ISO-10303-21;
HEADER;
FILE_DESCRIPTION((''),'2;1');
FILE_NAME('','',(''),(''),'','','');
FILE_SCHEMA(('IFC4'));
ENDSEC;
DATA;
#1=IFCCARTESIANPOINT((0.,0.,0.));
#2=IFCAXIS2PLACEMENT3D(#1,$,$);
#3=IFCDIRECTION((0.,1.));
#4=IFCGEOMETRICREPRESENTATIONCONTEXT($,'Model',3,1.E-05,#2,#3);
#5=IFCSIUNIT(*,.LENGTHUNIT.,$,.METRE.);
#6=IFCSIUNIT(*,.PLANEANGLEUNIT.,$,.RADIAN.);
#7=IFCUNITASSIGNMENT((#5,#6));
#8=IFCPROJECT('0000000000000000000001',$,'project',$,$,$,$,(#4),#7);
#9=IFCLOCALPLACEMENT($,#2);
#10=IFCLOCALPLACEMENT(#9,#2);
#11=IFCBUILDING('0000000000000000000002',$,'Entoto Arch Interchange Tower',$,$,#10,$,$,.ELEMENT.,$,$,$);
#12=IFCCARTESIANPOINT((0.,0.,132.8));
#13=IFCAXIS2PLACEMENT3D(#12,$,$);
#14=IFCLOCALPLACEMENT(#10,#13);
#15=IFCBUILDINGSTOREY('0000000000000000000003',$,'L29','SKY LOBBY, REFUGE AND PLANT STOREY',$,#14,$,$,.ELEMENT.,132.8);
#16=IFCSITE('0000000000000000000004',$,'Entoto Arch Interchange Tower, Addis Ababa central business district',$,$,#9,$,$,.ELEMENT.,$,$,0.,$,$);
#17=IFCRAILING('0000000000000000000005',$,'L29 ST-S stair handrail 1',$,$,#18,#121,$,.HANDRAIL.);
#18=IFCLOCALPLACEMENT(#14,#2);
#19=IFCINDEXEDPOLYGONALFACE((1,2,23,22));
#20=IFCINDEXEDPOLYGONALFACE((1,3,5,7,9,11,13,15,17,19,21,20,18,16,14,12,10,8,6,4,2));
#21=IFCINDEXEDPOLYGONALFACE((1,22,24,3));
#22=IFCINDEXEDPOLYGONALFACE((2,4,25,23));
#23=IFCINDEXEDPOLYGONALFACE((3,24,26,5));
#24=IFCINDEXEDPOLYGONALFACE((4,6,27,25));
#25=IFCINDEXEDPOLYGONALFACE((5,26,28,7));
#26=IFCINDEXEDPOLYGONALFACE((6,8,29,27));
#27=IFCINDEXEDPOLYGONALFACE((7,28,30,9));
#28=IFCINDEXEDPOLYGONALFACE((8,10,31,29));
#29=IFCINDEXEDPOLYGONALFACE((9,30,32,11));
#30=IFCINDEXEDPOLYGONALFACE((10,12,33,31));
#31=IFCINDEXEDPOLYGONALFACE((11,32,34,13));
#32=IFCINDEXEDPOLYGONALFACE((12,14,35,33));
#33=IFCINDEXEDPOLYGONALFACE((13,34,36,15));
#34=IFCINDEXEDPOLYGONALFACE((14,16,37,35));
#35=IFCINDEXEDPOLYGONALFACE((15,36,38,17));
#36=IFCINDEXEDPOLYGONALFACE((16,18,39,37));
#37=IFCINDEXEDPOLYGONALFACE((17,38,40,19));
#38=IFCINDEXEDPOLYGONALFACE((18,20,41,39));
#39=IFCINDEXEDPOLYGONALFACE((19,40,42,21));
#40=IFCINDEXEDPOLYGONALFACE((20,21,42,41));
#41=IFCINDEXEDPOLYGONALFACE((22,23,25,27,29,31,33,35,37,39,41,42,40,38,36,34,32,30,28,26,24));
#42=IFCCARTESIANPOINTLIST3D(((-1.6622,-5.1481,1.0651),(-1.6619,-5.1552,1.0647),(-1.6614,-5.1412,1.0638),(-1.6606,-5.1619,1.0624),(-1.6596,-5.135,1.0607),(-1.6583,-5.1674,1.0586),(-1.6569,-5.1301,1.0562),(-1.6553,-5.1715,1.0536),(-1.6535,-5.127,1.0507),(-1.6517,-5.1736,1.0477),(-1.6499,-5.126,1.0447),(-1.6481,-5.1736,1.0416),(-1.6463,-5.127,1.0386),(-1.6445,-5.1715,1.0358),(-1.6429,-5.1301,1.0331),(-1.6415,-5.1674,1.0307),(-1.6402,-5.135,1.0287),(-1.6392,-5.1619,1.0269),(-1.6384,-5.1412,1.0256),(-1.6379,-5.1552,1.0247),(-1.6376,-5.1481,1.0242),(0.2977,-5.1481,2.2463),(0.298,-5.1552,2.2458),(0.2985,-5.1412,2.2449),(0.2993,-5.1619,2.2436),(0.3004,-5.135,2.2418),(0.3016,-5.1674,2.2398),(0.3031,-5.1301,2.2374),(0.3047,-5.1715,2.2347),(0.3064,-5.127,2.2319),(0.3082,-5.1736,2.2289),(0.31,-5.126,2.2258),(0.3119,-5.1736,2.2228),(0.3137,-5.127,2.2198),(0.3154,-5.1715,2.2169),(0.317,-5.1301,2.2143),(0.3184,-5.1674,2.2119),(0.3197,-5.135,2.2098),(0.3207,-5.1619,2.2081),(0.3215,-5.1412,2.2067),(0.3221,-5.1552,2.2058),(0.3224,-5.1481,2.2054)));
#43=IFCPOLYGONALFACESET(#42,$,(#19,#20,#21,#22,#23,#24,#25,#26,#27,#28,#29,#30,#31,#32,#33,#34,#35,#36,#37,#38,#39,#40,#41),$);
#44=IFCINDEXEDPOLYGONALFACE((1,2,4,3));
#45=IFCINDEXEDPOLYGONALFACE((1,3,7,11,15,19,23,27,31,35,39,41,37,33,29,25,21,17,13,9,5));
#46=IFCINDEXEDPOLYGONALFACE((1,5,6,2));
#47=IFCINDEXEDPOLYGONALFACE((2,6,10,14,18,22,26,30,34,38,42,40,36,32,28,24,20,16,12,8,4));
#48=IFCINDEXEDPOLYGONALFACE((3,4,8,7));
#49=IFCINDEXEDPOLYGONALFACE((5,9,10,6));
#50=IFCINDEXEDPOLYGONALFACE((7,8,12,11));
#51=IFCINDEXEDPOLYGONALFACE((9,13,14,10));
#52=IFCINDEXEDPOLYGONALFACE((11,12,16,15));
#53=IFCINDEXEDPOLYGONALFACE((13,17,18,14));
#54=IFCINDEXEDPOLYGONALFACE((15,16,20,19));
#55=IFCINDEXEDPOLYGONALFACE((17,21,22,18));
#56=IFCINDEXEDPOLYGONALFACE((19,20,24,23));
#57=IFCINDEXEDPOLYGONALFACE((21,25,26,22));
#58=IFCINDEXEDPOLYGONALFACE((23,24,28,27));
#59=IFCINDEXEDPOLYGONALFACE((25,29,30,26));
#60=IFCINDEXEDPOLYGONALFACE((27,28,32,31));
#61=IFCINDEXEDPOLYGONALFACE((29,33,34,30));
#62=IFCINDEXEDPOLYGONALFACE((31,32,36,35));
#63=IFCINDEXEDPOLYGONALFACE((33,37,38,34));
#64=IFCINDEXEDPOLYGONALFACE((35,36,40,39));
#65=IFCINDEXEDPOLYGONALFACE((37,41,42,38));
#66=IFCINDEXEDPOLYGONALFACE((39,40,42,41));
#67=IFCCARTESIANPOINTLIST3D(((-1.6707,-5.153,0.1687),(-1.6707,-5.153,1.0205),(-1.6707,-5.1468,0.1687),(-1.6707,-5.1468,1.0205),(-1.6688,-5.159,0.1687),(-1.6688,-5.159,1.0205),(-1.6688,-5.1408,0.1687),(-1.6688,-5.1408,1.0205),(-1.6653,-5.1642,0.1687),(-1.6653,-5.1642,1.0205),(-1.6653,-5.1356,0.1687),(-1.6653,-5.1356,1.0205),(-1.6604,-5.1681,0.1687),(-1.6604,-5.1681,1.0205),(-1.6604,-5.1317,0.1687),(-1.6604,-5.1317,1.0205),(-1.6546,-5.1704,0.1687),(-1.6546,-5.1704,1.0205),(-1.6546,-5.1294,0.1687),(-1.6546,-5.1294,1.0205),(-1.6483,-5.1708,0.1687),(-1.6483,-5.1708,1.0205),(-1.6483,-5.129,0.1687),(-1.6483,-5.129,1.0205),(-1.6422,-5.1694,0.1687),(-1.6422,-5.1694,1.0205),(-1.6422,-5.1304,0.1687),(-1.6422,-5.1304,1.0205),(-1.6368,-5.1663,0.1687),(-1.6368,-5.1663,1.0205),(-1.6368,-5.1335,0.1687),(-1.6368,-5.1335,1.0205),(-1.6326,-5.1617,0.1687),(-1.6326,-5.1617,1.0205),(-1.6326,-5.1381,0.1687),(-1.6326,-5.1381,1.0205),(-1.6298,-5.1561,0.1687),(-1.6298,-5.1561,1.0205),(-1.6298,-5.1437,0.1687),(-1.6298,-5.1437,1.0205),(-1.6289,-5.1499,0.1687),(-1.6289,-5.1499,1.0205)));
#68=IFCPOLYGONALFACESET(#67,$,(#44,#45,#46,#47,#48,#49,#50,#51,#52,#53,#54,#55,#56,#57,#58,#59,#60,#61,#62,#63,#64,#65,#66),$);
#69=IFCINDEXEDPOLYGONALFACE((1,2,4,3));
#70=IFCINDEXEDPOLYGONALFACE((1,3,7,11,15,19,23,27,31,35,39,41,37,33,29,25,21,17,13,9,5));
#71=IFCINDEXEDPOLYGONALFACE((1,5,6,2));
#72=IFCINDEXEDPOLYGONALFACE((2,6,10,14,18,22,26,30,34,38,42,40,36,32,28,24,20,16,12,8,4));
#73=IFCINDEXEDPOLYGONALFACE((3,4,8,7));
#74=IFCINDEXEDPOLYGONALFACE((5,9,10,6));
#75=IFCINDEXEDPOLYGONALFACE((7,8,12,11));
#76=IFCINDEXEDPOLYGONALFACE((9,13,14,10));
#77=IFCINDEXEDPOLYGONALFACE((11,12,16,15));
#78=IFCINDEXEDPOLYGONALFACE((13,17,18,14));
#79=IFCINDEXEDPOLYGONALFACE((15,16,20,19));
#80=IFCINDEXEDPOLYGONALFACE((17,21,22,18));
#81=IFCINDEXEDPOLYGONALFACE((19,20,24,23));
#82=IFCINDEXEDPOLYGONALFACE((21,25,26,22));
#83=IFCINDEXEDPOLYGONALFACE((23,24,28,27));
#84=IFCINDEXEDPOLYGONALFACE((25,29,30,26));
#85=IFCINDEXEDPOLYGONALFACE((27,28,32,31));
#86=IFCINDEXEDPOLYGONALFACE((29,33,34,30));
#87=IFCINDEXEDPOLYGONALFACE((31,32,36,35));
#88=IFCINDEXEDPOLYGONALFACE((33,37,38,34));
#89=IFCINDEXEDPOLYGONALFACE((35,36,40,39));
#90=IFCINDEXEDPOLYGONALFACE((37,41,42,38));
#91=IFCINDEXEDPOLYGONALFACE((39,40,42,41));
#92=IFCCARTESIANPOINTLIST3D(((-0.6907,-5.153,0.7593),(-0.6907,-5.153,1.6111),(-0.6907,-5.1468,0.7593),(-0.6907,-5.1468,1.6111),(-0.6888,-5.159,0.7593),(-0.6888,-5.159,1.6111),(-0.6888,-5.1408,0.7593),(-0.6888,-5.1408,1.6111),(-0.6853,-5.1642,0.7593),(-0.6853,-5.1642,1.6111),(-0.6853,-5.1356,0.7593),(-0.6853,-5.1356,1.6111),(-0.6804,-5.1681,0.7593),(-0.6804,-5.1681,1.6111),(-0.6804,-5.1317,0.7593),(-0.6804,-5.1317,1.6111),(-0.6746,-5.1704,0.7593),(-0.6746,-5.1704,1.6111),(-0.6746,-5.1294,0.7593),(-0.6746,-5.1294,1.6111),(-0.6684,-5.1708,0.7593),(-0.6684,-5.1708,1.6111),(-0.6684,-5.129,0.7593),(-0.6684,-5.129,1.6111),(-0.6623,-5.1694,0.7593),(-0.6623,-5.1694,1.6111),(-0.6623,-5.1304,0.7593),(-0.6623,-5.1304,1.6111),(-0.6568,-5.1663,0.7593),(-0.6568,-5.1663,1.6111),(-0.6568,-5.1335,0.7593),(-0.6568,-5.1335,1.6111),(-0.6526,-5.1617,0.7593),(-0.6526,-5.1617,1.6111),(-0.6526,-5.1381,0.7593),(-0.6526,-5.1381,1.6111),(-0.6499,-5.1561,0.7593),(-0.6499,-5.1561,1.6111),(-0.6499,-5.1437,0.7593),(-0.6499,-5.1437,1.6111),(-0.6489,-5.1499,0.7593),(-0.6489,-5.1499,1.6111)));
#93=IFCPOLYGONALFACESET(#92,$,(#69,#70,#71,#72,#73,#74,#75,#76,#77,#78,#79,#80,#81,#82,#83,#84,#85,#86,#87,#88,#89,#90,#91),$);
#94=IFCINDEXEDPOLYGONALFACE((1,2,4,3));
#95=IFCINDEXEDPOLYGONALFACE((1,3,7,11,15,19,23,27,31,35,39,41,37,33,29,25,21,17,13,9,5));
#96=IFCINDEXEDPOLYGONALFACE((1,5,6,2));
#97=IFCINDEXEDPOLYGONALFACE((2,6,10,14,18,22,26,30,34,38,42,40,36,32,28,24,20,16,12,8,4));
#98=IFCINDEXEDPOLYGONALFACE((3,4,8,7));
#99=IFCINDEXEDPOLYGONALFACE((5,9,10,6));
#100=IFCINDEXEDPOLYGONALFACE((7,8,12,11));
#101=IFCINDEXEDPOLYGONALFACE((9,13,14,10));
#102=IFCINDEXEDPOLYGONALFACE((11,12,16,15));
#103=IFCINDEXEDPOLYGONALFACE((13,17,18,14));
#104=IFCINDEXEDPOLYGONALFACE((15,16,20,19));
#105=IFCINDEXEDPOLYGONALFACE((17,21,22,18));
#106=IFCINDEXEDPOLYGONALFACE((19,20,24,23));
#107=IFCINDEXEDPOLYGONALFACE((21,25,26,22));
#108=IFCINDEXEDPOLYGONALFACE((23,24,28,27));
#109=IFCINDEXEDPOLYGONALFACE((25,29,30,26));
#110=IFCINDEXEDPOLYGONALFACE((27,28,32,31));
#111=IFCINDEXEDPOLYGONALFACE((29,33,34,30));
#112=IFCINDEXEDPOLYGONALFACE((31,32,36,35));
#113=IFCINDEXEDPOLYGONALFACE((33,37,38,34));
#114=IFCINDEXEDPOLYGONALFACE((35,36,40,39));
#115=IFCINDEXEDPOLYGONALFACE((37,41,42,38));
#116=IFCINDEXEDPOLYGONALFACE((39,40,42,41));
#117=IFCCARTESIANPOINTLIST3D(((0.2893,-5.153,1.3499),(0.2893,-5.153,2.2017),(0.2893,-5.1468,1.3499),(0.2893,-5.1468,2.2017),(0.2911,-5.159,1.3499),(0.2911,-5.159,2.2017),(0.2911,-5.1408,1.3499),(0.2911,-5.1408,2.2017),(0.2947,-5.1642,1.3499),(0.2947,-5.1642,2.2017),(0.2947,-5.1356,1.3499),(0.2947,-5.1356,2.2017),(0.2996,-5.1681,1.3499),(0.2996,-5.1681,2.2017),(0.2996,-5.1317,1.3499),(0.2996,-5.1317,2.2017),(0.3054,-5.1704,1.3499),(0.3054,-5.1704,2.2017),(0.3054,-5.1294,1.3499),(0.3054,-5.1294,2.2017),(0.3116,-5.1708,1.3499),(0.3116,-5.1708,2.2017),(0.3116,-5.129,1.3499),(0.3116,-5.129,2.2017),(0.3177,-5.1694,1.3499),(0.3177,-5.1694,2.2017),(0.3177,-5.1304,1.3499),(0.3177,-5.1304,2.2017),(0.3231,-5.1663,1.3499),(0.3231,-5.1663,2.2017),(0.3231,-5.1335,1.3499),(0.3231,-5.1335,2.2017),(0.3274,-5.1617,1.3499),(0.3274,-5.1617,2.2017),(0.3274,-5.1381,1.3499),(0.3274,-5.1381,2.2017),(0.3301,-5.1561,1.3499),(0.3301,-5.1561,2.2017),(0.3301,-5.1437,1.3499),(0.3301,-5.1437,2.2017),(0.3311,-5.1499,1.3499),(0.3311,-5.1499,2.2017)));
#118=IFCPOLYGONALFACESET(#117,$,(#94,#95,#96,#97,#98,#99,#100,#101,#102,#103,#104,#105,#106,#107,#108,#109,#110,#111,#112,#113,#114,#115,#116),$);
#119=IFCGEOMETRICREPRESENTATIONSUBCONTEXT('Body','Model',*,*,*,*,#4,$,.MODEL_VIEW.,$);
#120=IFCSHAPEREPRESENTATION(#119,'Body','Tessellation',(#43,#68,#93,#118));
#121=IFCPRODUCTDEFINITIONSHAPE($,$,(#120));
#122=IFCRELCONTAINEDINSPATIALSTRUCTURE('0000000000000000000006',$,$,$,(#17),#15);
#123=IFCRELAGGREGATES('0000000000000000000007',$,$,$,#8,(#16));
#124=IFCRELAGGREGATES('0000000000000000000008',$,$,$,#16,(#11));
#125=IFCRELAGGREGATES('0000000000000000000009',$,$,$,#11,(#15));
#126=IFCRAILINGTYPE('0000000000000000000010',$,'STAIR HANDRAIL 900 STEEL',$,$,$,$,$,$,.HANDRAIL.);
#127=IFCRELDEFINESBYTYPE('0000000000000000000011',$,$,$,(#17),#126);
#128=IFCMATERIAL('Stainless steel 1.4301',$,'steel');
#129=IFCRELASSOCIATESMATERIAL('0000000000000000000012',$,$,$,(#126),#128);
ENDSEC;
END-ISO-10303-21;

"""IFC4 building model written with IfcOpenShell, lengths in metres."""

from ifc_helpers import new_model, si_unit, direction, frame, origin, origin_2d, place, context, subcontext, project, spatial, circle, extrude, material, type_object, element, save


model = new_model("IFC4")

# Units and contexts
model_context = context("Model", 3, precision=1e-05, world=origin(), true_north=direction((0.0, 1.0)))
body_context = subcontext(model_context, "Body", "Model", "MODEL_VIEW")
ifc_project = project(units=[si_unit("LENGTHUNIT", "METRE"), si_unit("PLANEANGLEUNIT", "RADIAN")], contexts=[model_context])

# Site, building, storey
site_placement = place(None, origin())
site = spatial("IfcSite", under=ifc_project, at=site_placement, Name="Entoto Arch Interchange Tower, Addis Ababa central business district", CompositionType="ELEMENT", RefElevation=0.0)
building_placement = place(site_placement, origin())
building = spatial("IfcBuilding", under=site, at=building_placement, Name="Entoto Arch Interchange Tower", CompositionType="ELEMENT")
storey_placement = place(building_placement, frame((0.0, 0.0, 132.8)))
storey = spatial("IfcBuildingStorey", under=building, at=storey_placement, Name="L29", Description="SKY LOBBY, REFUGE AND PLANT STOREY", CompositionType="ELEMENT", Elevation=132.8)

# Railing
ifc_material_1 = material(Name="Stainless steel 1.4301", Category="steel")
railing_type_1 = type_object("IfcRailingType", Name="STAIR HANDRAIL 900 STEEL", PredefinedType="HANDRAIL", material=ifc_material_1)
railing_1_placement = place(storey_placement, frame((-1.6499, -5.1499, 0.1687)))
element("IfcRailing", 1, at=railing_1_placement, inside=storey, type_object=railing_type_1, Name="L29 ST-S stair handrail 1", PredefinedType="HANDRAIL", context=body_context, shape_type="SweptSolid", body=[
    extrude(circle(Radius=0.0239, at=origin_2d()), frame((0.0, 0.0, 0.876), z_axis=(0.856493, 0.0, 0.516158), x_axis=(0.0, 1.0, 0.0)), (0.0, 0.0, 1.0), 2.2883),
    extrude(circle(Radius=0.021, at=origin_2d()), origin(), (0.0, 0.0, 1.0), 0.8518),
    extrude(circle(Radius=0.021, at=origin_2d()), frame((0.98, 0.0, 0.5906)), (0.0, 0.0, 1.0), 0.8518),
    extrude(circle(Radius=0.021, at=origin_2d()), frame((1.96, 0.0, 1.1812)), (0.0, 0.0, 1.0), 0.8518),
])

save(model, "model.ifc")
